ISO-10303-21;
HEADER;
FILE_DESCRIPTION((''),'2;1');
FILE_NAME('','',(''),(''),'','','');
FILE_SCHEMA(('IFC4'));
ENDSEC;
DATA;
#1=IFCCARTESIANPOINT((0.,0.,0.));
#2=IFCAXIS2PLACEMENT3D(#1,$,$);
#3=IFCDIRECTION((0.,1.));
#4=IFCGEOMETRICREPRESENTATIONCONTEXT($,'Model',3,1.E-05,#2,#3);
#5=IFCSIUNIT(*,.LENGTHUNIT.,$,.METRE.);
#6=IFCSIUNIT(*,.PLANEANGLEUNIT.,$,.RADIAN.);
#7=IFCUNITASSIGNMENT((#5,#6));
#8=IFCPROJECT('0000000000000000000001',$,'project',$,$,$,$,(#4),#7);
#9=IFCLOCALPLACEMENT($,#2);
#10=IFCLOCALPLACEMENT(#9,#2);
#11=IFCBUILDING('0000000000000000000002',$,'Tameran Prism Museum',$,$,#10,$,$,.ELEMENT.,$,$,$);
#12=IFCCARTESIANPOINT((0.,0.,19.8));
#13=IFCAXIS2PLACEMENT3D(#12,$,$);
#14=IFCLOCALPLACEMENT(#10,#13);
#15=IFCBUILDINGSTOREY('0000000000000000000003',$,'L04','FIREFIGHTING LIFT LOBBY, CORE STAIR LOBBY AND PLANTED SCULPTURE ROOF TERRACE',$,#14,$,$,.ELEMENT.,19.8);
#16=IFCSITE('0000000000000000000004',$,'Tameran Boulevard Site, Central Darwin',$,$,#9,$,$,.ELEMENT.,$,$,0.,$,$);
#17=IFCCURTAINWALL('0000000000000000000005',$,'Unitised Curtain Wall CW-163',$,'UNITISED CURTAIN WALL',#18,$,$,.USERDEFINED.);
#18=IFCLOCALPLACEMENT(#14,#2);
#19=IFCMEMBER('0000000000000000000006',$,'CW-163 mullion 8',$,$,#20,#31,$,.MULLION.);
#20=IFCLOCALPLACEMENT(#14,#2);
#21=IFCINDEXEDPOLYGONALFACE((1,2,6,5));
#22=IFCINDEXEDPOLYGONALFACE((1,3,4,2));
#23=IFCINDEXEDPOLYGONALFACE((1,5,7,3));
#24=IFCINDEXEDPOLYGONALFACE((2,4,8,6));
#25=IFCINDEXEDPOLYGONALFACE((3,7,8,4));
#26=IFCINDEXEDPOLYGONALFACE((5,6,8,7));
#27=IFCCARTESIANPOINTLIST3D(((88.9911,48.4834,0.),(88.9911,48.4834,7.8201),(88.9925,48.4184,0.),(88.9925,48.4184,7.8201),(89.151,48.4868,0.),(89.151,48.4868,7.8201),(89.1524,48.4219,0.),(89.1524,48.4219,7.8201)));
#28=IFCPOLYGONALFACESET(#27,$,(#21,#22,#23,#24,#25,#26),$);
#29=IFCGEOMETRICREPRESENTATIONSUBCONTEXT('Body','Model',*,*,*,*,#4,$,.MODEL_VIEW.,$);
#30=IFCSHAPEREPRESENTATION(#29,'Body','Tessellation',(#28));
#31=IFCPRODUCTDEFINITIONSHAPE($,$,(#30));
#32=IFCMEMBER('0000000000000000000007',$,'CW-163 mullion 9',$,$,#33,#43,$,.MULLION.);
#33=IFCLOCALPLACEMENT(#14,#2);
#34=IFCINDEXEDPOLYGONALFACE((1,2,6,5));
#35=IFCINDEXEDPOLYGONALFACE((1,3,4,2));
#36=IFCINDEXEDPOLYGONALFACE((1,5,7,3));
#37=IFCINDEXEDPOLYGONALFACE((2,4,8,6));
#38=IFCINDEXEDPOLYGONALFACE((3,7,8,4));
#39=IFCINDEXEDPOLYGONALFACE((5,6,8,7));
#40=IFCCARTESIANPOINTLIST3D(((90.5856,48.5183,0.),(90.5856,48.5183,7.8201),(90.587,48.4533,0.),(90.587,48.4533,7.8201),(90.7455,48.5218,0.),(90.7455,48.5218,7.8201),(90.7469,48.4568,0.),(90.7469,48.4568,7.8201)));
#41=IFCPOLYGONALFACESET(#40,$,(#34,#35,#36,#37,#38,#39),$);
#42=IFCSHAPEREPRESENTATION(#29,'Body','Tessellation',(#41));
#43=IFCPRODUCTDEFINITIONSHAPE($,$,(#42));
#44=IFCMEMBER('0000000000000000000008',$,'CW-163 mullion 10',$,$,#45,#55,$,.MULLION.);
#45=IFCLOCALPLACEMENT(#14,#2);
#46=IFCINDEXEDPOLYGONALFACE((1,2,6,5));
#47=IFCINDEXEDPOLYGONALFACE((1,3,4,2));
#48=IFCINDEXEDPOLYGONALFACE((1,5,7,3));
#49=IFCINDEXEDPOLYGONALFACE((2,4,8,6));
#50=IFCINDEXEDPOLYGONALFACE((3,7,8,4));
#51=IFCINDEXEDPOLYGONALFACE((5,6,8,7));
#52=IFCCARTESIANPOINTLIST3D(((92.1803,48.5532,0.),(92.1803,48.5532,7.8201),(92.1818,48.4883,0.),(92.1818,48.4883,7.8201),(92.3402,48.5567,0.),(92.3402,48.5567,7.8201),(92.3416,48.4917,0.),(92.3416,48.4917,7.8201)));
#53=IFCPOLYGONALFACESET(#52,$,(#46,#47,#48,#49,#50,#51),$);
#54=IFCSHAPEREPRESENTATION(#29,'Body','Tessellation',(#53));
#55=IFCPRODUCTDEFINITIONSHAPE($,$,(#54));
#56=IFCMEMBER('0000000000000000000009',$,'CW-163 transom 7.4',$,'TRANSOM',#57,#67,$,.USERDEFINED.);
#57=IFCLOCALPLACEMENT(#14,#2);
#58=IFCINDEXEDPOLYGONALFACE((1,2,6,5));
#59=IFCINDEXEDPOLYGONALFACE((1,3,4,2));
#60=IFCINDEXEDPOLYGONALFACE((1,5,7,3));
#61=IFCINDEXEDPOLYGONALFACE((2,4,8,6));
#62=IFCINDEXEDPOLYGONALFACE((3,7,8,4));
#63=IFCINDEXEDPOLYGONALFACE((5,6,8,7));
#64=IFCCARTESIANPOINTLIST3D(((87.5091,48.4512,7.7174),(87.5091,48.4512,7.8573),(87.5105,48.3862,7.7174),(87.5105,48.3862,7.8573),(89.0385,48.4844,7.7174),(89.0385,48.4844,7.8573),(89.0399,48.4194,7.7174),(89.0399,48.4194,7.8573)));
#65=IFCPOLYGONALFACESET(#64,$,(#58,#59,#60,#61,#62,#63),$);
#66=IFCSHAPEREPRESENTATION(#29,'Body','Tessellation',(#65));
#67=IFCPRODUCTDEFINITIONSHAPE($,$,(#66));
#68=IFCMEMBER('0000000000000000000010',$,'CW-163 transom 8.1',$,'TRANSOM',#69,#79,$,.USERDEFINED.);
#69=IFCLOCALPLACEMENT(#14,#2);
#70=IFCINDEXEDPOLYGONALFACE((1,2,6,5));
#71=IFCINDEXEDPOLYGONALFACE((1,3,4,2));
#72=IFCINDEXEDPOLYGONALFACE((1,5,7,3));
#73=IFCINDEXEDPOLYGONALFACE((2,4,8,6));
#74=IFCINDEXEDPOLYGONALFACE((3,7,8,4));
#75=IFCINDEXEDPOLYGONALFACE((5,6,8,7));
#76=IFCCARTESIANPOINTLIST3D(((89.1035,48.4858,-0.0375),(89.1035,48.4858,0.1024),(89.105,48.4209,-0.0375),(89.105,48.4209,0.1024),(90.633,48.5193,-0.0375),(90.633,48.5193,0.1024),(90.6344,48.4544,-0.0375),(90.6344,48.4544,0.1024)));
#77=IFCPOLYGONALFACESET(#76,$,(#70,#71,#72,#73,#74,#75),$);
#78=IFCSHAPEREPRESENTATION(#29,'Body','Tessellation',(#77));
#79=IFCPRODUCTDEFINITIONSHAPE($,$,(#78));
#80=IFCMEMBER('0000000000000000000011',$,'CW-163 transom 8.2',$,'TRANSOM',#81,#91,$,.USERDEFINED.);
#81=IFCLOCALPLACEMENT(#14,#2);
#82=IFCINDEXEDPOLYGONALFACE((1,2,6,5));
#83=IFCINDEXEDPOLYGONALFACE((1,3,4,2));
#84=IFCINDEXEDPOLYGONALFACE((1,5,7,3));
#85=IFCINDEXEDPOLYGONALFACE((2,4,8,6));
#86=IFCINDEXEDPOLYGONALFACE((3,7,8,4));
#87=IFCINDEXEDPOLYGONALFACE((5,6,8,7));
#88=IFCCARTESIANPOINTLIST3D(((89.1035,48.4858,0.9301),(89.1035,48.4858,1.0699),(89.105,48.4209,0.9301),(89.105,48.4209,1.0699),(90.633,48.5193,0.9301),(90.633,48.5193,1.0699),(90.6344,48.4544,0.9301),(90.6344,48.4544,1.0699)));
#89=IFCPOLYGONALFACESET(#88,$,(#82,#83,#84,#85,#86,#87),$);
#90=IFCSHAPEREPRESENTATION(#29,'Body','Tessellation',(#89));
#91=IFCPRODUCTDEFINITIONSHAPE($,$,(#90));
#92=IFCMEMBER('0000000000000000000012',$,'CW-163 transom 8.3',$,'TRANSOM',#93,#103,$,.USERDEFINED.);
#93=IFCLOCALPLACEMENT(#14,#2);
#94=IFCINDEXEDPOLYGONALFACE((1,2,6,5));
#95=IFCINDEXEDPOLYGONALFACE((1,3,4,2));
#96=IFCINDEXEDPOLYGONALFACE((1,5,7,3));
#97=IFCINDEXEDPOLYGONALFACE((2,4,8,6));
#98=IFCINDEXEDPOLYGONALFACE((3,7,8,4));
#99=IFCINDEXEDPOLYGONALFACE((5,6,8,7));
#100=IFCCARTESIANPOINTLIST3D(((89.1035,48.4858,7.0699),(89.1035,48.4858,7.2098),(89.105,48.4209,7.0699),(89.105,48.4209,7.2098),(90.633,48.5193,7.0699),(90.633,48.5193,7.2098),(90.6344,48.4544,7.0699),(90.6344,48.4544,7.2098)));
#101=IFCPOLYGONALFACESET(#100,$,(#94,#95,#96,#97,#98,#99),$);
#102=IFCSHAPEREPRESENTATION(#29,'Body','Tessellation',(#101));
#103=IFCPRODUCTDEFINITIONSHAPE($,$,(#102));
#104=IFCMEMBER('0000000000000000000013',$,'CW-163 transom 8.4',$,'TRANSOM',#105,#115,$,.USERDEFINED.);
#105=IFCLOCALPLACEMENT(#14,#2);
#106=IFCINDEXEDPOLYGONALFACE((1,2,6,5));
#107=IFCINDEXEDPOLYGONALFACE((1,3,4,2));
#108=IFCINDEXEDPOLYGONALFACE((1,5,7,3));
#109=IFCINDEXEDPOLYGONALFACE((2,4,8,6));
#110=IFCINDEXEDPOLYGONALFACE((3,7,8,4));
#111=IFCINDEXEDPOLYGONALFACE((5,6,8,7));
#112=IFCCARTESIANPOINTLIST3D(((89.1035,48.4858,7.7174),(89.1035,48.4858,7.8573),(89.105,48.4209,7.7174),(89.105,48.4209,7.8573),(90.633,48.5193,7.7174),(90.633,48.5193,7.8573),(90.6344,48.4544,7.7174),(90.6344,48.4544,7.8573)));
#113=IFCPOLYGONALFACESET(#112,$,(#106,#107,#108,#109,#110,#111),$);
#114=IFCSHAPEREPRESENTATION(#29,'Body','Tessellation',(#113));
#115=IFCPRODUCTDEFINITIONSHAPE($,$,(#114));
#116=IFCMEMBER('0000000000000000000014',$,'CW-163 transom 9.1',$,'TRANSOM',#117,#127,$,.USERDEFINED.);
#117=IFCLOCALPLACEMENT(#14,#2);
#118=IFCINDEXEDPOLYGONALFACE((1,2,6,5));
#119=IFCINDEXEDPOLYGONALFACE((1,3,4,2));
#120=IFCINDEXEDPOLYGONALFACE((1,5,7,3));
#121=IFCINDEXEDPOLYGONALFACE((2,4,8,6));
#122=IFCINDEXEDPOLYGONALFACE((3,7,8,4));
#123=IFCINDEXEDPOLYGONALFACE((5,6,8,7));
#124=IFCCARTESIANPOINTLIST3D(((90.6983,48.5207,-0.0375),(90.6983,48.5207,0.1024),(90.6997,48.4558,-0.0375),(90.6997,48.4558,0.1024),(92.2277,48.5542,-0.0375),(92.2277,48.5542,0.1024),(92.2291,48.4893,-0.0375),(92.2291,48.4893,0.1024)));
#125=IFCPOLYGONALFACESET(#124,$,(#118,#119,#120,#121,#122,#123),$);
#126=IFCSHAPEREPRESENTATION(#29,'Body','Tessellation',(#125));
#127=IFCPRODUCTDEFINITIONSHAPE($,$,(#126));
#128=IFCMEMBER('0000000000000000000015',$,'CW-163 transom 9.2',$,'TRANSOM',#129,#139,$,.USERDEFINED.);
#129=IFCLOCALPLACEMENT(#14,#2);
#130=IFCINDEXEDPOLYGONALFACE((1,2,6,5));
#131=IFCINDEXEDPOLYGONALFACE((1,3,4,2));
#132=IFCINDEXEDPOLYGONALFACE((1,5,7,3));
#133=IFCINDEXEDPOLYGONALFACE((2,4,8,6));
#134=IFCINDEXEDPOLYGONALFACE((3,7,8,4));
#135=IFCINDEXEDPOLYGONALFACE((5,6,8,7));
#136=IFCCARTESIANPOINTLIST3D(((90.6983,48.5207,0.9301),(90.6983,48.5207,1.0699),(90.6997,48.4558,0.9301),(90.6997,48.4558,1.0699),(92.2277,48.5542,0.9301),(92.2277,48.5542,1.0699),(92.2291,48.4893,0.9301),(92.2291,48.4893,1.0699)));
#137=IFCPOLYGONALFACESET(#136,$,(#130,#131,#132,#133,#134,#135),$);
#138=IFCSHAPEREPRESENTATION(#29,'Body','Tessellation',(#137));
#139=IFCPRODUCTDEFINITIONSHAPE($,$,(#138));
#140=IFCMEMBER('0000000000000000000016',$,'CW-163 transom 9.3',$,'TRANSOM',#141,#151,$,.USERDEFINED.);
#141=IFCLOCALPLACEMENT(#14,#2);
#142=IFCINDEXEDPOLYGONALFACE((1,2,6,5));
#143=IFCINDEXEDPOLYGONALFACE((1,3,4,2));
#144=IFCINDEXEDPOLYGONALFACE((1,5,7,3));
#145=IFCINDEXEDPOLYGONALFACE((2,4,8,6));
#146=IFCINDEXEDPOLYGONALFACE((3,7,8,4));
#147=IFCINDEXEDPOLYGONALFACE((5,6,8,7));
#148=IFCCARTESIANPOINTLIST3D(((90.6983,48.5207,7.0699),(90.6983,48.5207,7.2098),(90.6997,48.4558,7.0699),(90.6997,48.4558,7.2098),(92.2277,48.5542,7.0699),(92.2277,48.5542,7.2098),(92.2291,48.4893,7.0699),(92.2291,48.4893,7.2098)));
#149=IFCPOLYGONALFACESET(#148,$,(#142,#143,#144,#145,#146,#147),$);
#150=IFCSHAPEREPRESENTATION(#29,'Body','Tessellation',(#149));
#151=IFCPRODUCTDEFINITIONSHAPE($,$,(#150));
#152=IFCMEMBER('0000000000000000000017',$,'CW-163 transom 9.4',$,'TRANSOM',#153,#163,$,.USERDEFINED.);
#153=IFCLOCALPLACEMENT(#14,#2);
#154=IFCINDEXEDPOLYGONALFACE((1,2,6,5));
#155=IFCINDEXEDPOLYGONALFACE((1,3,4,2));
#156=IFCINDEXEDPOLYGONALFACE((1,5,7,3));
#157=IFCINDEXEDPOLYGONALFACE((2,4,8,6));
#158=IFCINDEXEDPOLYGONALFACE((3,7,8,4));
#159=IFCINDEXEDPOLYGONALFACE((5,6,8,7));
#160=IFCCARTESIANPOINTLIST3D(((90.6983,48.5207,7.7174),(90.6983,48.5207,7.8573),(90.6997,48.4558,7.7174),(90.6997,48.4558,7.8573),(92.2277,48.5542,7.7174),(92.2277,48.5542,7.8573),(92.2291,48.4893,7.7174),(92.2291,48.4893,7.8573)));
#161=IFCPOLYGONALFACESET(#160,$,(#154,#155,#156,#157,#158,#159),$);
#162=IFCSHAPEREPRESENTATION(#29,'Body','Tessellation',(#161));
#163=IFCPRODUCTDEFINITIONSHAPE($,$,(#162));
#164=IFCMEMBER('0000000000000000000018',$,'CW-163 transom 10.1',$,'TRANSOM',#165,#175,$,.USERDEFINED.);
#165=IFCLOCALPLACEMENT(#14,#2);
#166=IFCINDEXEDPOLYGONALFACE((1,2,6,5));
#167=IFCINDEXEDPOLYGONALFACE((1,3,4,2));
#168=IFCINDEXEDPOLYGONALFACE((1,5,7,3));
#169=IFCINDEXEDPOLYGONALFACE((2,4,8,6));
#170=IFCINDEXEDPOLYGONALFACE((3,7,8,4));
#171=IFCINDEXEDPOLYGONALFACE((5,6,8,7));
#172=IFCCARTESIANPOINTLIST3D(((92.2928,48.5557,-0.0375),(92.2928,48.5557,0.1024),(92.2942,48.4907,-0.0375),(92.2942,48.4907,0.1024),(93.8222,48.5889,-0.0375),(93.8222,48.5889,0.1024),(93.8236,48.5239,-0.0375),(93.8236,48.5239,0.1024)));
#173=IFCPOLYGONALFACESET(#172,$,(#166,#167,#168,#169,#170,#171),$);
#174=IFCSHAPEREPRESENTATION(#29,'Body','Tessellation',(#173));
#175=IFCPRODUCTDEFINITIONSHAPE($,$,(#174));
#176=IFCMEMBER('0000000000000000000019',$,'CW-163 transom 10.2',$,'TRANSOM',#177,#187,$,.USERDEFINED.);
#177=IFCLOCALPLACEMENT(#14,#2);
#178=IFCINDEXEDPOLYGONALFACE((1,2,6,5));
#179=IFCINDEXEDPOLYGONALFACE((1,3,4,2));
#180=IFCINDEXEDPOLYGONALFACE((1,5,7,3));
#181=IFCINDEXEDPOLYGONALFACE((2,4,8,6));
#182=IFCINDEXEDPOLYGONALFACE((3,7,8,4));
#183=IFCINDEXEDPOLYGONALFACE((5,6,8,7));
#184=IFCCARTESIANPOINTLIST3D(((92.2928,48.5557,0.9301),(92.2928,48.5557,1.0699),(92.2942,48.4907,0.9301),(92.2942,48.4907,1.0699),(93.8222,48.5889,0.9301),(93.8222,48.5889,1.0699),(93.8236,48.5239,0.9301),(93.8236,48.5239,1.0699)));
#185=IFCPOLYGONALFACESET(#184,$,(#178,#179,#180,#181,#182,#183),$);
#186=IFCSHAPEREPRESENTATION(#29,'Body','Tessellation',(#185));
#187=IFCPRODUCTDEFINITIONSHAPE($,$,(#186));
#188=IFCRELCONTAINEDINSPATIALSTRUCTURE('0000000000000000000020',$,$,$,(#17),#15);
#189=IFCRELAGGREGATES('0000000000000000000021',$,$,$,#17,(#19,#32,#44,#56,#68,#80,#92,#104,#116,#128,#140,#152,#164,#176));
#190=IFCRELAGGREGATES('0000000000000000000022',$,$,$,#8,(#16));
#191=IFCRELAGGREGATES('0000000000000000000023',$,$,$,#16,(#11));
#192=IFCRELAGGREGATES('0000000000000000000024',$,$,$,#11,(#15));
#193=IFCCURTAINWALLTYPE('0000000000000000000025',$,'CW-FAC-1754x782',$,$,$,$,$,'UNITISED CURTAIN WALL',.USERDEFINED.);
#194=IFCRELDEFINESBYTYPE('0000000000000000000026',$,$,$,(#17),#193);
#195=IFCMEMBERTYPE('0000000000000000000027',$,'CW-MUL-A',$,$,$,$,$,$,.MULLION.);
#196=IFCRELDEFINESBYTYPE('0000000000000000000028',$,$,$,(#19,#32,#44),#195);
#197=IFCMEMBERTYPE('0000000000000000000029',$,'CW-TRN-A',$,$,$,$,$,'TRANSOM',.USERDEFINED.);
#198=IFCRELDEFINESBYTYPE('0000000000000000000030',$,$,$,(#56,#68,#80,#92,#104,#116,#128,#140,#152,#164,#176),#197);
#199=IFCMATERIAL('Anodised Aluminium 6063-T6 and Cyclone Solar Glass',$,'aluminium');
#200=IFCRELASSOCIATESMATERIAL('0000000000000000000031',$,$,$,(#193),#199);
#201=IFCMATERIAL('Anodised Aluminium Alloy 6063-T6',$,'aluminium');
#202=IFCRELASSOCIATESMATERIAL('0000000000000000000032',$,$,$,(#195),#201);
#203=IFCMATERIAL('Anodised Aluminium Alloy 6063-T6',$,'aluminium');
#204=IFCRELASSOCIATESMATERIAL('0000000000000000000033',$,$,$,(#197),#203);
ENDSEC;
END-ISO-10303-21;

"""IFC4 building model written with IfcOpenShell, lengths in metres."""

from ifc_helpers import new_model, si_unit, direction, frame, origin, origin_2d, place, context, subcontext, project, spatial, rectangle, extrude, material, material_profile, profile_set, type_object, element, aggregate, save


model = new_model("IFC4")

# Units and contexts
model_context = context("Model", 3, precision=1e-05, world=origin(), true_north=direction((0.0, 1.0)))
body_context = subcontext(model_context, "Body", "Model", "MODEL_VIEW")
ifc_project = project(units=[si_unit("LENGTHUNIT", "METRE"), si_unit("PLANEANGLEUNIT", "RADIAN")], contexts=[model_context])

# Site, building, storey
site_placement = place(None, origin())
site = spatial("IfcSite", under=ifc_project, at=site_placement, Name="Tameran Boulevard Site, Central Darwin", CompositionType="ELEMENT", RefElevation=0.0)
building_placement = place(site_placement, origin())
building = spatial("IfcBuilding", under=site, at=building_placement, Name="Tameran Prism Museum", CompositionType="ELEMENT")
storey_placement = place(building_placement, frame((0.0, 0.0, 19.8)))
storey = spatial("IfcBuildingStorey", under=building, at=storey_placement, Name="L04", Description="FIREFIGHTING LIFT LOBBY, CORE STAIR LOBBY AND PLANTED SCULPTURE ROOF TERRACE", CompositionType="ELEMENT", Elevation=19.8)

# Curtain wall, members
ifc_material_1 = material(Name="Anodised Aluminium 6063-T6 and Cyclone Solar Glass", Category="aluminium")
curtain_wall_type = type_object("IfcCurtainWallType", Name="CW-FAC-1754x782", ElementType="UNITISED CURTAIN WALL", PredefinedType="USERDEFINED", material=ifc_material_1)
curtain_wall_placement = place(storey_placement, origin())
curtain_wall = element("IfcCurtainWall", 1, at=curtain_wall_placement, inside=storey, type_object=curtain_wall_type, Name="Unitised Curtain Wall CW-163", ObjectType="UNITISED CURTAIN WALL", PredefinedType="USERDEFINED")
ifc_material_2 = material(Name="Anodised Aluminium Alloy 6063-T6", Category="aluminium")
ifc_material_profile_1 = material_profile(ifc_material_2, rectangle(XDim=0.0649, YDim=0.1599, at=origin_2d()))
ifc_profile_set_1 = profile_set([ifc_material_profile_1])
member_type_1 = type_object("IfcMemberType", Name="CW-MUL-A", PredefinedType="MULLION", material=ifc_profile_set_1)
member_1_placement = place(storey_placement, frame((89.0718, 48.4526, 0.0), z_axis=(0.0, 0.0, 1.0), x_axis=(-0.021831, 0.999762, 0.0)))
member_1 = element("IfcMember", 2, at=member_1_placement, type_object=member_type_1, Name="CW-163 mullion 8", PredefinedType="MULLION", context=body_context, shape_type="SweptSolid", body=[
    extrude(rectangle(XDim=0.0649, YDim=0.1599, at=origin_2d()), origin(), (0.0, 0.0, 1.0), 7.8201),
])
member_2_placement = place(storey_placement, frame((90.6663, 48.4875, 0.0), z_axis=(0.0, 0.0, 1.0), x_axis=(-0.021831, 0.999762, 0.0)))
member_2 = element("IfcMember", 3, at=member_2_placement, type_object=member_type_1, Name="CW-163 mullion 9", PredefinedType="MULLION", context=body_context, shape_type="SweptSolid", body=[
    extrude(rectangle(XDim=0.0649, YDim=0.1599, at=origin_2d()), origin(), (0.0, 0.0, 1.0), 7.8201),
])
member_3_placement = place(storey_placement, frame((92.261, 48.5225, 0.0), z_axis=(0.0, 0.0, 1.0), x_axis=(-0.021831, 0.999762, 0.0)))
member_3 = element("IfcMember", 4, at=member_3_placement, type_object=member_type_1, Name="CW-163 mullion 10", PredefinedType="MULLION", context=body_context, shape_type="SweptSolid", body=[
    extrude(rectangle(XDim=0.0649, YDim=0.1599, at=origin_2d()), origin(), (0.0, 0.0, 1.0), 7.8201),
])
ifc_material_3 = material(Name="Anodised Aluminium Alloy 6063-T6", Category="aluminium")
ifc_material_profile_2 = material_profile(ifc_material_3, rectangle(XDim=0.0649, YDim=0.1399, at=origin_2d()))
ifc_profile_set_2 = profile_set([ifc_material_profile_2])
member_type_2 = type_object("IfcMemberType", Name="CW-TRN-A", ElementType="TRANSOM", PredefinedType="USERDEFINED", material=ifc_profile_set_2)
member_4_placement = place(storey_placement, frame((87.5098, 48.4187, 7.7874), z_axis=(0.999764, 0.021703, 0.0), x_axis=(-0.021703, 0.999764, 0.0)))
member_4 = element("IfcMember", 5, at=member_4_placement, type_object=member_type_2, Name="CW-163 transom 7.4", ObjectType="TRANSOM", PredefinedType="USERDEFINED", context=body_context, shape_type="SweptSolid", body=[
    extrude(rectangle(XDim=0.0649, YDim=0.1399, at=origin_2d()), origin(), (0.0, 0.0, 1.0), 1.5298),
])
member_5_placement = place(storey_placement, frame((89.1042, 48.4534, 0.0325), z_axis=(0.999761, 0.021862, 0.0), x_axis=(-0.021862, 0.999761, 0.0)))
member_5 = element("IfcMember", 6, at=member_5_placement, type_object=member_type_2, Name="CW-163 transom 8.1", ObjectType="TRANSOM", PredefinedType="USERDEFINED", context=body_context, shape_type="SweptSolid", body=[
    extrude(rectangle(XDim=0.0649, YDim=0.1399, at=origin_2d()), origin(), (0.0, 0.0, 1.0), 1.5298),
])
member_6_placement = place(storey_placement, frame((89.1042, 48.4534, 1.0), z_axis=(0.999761, 0.021862, 0.0), x_axis=(-0.021862, 0.999761, 0.0)))
member_6 = element("IfcMember", 7, at=member_6_placement, type_object=member_type_2, Name="CW-163 transom 8.2", ObjectType="TRANSOM", PredefinedType="USERDEFINED", context=body_context, shape_type="SweptSolid", body=[
    extrude(rectangle(XDim=0.0649, YDim=0.1399, at=origin_2d()), origin(), (0.0, 0.0, 1.0), 1.5298),
])
member_7_placement = place(storey_placement, frame((89.1042, 48.4534, 7.1399), z_axis=(0.999761, 0.021862, 0.0), x_axis=(-0.021862, 0.999761, 0.0)))
member_7 = element("IfcMember", 8, at=member_7_placement, type_object=member_type_2, Name="CW-163 transom 8.3", ObjectType="TRANSOM", PredefinedType="USERDEFINED", context=body_context, shape_type="SweptSolid", body=[
    extrude(rectangle(XDim=0.0649, YDim=0.1399, at=origin_2d()), origin(), (0.0, 0.0, 1.0), 1.5298),
])
member_8_placement = place(storey_placement, frame((89.1042, 48.4534, 7.7874), z_axis=(0.999761, 0.021862, 0.0), x_axis=(-0.021862, 0.999761, 0.0)))
member_8 = element("IfcMember", 9, at=member_8_placement, type_object=member_type_2, Name="CW-163 transom 8.4", ObjectType="TRANSOM", PredefinedType="USERDEFINED", context=body_context, shape_type="SweptSolid", body=[
    extrude(rectangle(XDim=0.0649, YDim=0.1399, at=origin_2d()), origin(), (0.0, 0.0, 1.0), 1.5298),
])
member_9_placement = place(storey_placement, frame((90.699, 48.4883, 0.0325), z_axis=(0.999761, 0.021862, 0.0), x_axis=(-0.021862, 0.999761, 0.0)))
member_9 = element("IfcMember", 10, at=member_9_placement, type_object=member_type_2, Name="CW-163 transom 9.1", ObjectType="TRANSOM", PredefinedType="USERDEFINED", context=body_context, shape_type="SweptSolid", body=[
    extrude(rectangle(XDim=0.0649, YDim=0.1399, at=origin_2d()), origin(), (0.0, 0.0, 1.0), 1.5298),
])
member_10_placement = place(storey_placement, frame((90.699, 48.4883, 1.0), z_axis=(0.999761, 0.021862, 0.0), x_axis=(-0.021862, 0.999761, 0.0)))
member_10 = element("IfcMember", 11, at=member_10_placement, type_object=member_type_2, Name="CW-163 transom 9.2", ObjectType="TRANSOM", PredefinedType="USERDEFINED", context=body_context, shape_type="SweptSolid", body=[
    extrude(rectangle(XDim=0.0649, YDim=0.1399, at=origin_2d()), origin(), (0.0, 0.0, 1.0), 1.5298),
])
member_11_placement = place(storey_placement, frame((90.699, 48.4883, 7.1399), z_axis=(0.999761, 0.021862, 0.0), x_axis=(-0.021862, 0.999761, 0.0)))
member_11 = element("IfcMember", 12, at=member_11_placement, type_object=member_type_2, Name="CW-163 transom 9.3", ObjectType="TRANSOM", PredefinedType="USERDEFINED", context=body_context, shape_type="SweptSolid", body=[
    extrude(rectangle(XDim=0.0649, YDim=0.1399, at=origin_2d()), origin(), (0.0, 0.0, 1.0), 1.5298),
])
member_12_placement = place(storey_placement, frame((90.699, 48.4883, 7.7874), z_axis=(0.999761, 0.021862, 0.0), x_axis=(-0.021862, 0.999761, 0.0)))
member_12 = element("IfcMember", 13, at=member_12_placement, type_object=member_type_2, Name="CW-163 transom 9.4", ObjectType="TRANSOM", PredefinedType="USERDEFINED", context=body_context, shape_type="SweptSolid", body=[
    extrude(rectangle(XDim=0.0649, YDim=0.1399, at=origin_2d()), origin(), (0.0, 0.0, 1.0), 1.5298),
])
member_13_placement = place(storey_placement, frame((92.2935, 48.5232, 0.0325), z_axis=(0.999764, 0.021703, 0.0), x_axis=(-0.021703, 0.999764, 0.0)))
member_13 = element("IfcMember", 14, at=member_13_placement, type_object=member_type_2, Name="CW-163 transom 10.1", ObjectType="TRANSOM", PredefinedType="USERDEFINED", context=body_context, shape_type="SweptSolid", body=[
    extrude(rectangle(XDim=0.0649, YDim=0.1399, at=origin_2d()), origin(), (0.0, 0.0, 1.0), 1.5298),
])
member_14_placement = place(storey_placement, frame((92.2935, 48.5232, 1.0), z_axis=(0.999764, 0.021703, 0.0), x_axis=(-0.021703, 0.999764, 0.0)))
member_14 = element("IfcMember", 15, at=member_14_placement, type_object=member_type_2, Name="CW-163 transom 10.2", ObjectType="TRANSOM", PredefinedType="USERDEFINED", context=body_context, shape_type="SweptSolid", body=[
    extrude(rectangle(XDim=0.0649, YDim=0.1399, at=origin_2d()), origin(), (0.0, 0.0, 1.0), 1.5298),
])
aggregate(curtain_wall, [member_1, member_2, member_3, member_4, member_5, member_6, member_7, member_8, member_9, member_10, member_11, member_12, member_13, member_14])

save(model, "model.ifc")
